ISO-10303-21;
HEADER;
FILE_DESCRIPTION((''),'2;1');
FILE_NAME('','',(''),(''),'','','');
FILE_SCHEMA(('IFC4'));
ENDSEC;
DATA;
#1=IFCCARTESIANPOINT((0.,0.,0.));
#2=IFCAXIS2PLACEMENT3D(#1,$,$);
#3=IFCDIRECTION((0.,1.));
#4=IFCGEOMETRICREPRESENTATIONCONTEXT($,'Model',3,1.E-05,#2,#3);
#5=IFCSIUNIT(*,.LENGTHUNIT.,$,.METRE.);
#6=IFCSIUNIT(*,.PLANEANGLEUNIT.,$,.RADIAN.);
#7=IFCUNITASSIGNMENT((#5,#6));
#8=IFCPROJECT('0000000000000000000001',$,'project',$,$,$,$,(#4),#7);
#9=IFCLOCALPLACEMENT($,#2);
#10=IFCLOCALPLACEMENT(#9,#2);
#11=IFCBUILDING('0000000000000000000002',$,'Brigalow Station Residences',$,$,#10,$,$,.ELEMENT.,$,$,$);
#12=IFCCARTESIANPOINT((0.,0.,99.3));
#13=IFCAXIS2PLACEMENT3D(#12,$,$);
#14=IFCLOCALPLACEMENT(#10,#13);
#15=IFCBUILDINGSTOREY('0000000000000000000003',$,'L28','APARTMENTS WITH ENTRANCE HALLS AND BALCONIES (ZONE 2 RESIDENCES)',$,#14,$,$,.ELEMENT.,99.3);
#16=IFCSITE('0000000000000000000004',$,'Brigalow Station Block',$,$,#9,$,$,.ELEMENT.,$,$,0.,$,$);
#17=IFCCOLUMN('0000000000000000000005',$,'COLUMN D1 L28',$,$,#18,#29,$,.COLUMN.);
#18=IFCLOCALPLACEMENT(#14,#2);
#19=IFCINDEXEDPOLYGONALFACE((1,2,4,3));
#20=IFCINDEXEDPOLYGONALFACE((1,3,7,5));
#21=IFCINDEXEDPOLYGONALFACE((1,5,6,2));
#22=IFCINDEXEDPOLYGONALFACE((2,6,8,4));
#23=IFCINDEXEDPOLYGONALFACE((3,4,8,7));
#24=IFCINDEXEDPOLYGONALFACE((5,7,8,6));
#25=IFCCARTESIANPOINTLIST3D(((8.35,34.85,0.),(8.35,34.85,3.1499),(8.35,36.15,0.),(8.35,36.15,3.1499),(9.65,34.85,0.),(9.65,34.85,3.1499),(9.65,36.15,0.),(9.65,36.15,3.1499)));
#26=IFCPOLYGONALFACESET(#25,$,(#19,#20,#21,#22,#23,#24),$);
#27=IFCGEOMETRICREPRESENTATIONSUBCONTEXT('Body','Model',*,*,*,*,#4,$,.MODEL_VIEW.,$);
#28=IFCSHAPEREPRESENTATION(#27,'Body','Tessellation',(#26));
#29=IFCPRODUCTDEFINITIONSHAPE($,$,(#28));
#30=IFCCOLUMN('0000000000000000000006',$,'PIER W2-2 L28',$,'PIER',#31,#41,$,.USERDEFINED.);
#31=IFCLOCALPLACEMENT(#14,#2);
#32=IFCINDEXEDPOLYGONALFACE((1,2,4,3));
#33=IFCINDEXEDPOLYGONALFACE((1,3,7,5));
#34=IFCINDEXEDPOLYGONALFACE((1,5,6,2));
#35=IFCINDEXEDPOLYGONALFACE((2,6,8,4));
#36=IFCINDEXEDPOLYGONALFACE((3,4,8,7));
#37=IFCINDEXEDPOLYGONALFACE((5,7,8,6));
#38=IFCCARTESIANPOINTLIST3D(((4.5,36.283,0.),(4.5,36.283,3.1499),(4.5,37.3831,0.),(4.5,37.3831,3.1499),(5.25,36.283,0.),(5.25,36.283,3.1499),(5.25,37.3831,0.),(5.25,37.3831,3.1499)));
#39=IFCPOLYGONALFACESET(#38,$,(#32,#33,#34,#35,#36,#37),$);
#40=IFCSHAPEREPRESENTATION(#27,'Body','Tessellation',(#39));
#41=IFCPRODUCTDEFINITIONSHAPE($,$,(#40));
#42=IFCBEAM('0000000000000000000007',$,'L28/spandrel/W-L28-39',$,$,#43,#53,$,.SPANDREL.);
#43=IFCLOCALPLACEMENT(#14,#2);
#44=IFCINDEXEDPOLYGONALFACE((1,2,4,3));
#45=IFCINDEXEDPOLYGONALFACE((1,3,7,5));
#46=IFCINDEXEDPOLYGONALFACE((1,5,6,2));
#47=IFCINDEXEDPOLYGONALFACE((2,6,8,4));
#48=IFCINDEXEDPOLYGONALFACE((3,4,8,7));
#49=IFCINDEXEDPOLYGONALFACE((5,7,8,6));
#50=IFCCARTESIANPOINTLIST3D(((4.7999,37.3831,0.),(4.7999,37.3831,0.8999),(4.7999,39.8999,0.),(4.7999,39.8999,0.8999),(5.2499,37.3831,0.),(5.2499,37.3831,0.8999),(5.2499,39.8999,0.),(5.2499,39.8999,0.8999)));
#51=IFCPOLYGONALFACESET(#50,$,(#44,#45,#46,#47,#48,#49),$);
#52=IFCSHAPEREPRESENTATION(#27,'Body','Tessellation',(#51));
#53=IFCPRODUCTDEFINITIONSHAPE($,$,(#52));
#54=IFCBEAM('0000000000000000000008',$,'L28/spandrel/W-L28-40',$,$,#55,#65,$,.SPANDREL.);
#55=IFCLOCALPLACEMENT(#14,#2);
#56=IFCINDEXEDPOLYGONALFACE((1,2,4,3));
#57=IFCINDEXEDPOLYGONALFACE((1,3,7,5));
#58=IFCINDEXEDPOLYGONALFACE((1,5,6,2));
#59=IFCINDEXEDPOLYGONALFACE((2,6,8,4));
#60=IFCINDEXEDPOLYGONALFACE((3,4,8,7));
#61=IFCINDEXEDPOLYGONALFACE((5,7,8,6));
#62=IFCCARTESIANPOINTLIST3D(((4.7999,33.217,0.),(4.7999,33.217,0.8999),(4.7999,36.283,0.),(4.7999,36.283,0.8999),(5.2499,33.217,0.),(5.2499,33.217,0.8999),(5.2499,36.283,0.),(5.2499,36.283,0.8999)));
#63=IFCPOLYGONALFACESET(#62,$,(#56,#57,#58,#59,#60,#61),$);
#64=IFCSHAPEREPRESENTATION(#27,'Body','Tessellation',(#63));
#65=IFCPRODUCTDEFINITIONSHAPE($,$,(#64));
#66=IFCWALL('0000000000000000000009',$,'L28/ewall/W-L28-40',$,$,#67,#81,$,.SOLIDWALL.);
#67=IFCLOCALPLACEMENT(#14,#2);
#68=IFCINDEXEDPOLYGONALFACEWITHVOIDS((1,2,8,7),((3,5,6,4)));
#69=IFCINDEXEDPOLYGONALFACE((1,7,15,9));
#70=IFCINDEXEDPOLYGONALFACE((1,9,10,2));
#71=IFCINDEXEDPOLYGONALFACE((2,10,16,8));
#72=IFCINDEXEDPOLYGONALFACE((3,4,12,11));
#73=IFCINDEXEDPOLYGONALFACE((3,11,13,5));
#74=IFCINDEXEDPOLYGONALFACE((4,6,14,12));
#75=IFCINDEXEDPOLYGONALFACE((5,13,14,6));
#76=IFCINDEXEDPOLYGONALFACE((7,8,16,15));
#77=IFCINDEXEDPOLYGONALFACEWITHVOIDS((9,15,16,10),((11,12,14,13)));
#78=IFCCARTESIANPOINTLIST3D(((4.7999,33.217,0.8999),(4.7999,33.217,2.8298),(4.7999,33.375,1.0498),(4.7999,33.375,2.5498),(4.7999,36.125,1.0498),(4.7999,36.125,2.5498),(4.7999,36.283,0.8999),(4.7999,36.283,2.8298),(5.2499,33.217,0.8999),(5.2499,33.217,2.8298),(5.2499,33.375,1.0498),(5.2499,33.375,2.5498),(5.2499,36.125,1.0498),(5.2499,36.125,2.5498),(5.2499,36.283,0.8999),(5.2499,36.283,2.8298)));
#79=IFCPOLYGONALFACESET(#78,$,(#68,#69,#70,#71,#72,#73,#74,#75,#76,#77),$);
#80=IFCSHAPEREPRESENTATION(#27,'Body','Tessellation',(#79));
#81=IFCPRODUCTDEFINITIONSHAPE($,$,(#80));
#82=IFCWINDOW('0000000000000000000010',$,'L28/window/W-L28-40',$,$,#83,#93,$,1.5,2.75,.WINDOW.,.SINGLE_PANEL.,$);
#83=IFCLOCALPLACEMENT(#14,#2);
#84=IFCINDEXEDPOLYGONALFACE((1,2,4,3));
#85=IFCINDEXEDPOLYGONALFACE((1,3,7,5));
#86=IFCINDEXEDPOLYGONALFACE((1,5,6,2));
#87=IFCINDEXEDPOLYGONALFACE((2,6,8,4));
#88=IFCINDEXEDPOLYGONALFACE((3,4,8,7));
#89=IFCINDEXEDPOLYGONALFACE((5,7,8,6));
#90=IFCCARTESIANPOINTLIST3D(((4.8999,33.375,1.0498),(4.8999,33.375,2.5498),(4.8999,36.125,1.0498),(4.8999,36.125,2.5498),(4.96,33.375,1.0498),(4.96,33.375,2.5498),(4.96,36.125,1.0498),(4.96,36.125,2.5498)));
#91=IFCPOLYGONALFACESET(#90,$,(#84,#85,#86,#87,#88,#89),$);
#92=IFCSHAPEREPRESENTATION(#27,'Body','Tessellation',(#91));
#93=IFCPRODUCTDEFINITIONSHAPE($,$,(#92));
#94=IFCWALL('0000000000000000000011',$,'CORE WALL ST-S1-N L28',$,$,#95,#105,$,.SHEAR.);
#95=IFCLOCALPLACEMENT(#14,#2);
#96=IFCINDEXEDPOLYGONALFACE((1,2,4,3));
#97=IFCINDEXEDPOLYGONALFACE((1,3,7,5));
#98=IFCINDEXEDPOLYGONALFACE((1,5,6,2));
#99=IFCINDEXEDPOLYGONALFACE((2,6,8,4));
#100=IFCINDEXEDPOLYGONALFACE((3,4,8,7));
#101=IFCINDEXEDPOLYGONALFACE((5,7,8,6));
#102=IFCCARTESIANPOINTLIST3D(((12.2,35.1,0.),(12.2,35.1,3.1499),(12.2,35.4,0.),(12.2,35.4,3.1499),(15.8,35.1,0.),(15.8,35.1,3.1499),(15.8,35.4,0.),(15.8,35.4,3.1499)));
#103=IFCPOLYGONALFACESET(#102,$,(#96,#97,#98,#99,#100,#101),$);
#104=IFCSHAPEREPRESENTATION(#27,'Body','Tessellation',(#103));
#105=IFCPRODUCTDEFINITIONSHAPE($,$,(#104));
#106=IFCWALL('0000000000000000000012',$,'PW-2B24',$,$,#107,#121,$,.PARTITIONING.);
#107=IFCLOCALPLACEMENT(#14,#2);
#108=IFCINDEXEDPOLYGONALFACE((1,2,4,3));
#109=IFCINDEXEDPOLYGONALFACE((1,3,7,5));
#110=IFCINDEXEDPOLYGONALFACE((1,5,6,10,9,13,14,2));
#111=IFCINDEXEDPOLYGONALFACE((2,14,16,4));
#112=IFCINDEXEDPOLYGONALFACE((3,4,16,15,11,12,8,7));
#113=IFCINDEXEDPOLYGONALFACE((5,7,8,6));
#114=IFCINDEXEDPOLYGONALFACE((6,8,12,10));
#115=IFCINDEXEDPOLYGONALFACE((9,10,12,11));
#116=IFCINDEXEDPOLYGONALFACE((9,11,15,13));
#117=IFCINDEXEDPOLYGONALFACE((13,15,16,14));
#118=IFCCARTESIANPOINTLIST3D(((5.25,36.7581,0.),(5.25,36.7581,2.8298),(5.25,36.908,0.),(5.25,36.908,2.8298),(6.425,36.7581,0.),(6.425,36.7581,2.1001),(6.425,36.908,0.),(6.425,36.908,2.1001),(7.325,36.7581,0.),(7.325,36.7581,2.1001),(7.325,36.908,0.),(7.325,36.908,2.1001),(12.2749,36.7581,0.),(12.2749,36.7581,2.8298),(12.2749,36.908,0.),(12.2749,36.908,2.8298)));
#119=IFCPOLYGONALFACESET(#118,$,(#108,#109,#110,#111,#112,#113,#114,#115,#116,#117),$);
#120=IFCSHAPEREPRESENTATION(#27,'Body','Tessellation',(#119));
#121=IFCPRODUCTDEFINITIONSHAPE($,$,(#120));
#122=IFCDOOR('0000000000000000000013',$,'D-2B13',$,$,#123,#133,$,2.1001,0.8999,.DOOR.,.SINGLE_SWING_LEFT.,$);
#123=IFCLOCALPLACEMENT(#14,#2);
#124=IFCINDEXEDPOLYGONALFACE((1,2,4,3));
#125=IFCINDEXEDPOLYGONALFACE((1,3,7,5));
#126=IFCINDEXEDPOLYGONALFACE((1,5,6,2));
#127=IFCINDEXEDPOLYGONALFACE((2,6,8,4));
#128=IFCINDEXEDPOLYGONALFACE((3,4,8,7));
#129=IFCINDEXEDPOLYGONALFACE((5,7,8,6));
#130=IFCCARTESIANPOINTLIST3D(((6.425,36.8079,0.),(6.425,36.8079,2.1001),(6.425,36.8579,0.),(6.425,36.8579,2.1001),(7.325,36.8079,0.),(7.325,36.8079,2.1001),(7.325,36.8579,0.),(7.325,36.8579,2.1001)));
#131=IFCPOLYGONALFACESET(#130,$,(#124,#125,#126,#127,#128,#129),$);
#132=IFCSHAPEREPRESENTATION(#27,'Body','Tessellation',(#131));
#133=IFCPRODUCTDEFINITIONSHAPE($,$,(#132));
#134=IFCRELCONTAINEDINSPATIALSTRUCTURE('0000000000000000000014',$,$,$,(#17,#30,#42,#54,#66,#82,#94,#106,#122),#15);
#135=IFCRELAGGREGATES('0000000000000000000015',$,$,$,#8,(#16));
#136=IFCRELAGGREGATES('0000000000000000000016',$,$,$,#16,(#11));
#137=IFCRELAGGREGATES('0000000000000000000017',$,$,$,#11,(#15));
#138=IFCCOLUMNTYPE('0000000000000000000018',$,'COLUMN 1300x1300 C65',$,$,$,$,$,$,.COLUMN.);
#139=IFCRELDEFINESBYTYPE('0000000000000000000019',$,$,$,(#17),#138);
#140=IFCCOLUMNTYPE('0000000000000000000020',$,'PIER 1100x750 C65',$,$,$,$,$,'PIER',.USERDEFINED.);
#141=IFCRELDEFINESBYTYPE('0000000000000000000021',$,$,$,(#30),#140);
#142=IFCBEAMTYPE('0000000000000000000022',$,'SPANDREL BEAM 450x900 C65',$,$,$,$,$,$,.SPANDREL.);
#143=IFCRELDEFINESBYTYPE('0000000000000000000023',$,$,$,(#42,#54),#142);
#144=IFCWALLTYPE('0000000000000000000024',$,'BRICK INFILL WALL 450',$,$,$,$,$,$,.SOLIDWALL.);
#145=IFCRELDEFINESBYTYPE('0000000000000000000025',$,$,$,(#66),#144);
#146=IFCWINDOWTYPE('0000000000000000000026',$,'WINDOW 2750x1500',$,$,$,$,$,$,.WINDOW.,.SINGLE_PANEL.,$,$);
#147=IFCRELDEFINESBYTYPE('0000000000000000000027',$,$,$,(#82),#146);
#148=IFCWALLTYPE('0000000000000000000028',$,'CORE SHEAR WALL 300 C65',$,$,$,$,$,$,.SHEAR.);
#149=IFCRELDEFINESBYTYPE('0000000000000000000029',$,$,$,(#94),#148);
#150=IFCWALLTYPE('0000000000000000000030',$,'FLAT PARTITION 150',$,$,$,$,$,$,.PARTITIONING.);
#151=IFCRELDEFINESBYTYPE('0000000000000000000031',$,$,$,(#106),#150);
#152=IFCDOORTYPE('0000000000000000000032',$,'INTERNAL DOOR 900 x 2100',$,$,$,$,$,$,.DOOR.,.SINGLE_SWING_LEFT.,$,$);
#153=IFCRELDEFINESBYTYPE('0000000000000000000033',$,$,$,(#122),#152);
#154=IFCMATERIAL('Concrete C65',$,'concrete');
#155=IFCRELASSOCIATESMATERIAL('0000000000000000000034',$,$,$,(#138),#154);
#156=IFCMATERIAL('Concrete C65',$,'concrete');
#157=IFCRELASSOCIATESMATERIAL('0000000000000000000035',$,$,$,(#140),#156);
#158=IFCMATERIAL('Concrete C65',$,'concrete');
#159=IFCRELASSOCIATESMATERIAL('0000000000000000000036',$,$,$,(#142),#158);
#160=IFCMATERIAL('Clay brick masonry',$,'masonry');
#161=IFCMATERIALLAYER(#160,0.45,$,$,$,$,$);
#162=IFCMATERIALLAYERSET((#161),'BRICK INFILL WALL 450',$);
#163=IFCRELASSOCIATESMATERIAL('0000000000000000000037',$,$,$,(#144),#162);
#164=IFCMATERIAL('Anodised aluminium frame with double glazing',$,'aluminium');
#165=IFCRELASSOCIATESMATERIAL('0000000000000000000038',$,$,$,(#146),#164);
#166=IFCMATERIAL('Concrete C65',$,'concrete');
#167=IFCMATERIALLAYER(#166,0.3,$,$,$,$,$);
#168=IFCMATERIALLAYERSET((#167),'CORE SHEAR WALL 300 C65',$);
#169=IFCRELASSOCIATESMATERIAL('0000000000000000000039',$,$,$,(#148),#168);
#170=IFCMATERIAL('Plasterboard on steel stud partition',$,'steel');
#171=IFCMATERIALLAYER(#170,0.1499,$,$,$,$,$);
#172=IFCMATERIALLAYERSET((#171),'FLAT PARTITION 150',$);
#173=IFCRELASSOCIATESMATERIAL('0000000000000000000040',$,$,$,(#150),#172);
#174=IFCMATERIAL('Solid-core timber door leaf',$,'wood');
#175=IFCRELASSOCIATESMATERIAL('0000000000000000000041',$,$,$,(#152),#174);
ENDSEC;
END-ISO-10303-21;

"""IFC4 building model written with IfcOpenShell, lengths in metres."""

from ifc_helpers import new_model, si_unit, direction, frame, frame_2d, origin, origin_2d, place, context, subcontext, project, spatial, rectangle, extrude, material, layer, layer_set, material_profile, profile_set, type_object, element, fill, save


model = new_model("IFC4")

# Units and contexts
model_context = context("Model", 3, precision=1e-05, world=origin(), true_north=direction((0.0, 1.0)))
body_context = subcontext(model_context, "Body", "Model", "MODEL_VIEW")
ifc_project = project(units=[si_unit("LENGTHUNIT", "METRE"), si_unit("PLANEANGLEUNIT", "RADIAN")], contexts=[model_context])

# Site, building, storey
site_placement = place(None, origin())
site = spatial("IfcSite", under=ifc_project, at=site_placement, Name="Brigalow Station Block", CompositionType="ELEMENT", RefElevation=0.0)
building_placement = place(site_placement, origin())
building = spatial("IfcBuilding", under=site, at=building_placement, Name="Brigalow Station Residences", CompositionType="ELEMENT")
storey_placement = place(building_placement, frame((0.0, 0.0, 99.3)))
storey = spatial("IfcBuildingStorey", under=building, at=storey_placement, Name="L28", Description="APARTMENTS WITH ENTRANCE HALLS AND BALCONIES (ZONE 2 RESIDENCES)", CompositionType="ELEMENT", Elevation=99.3)

# Columns
ifc_material_1 = material(Name="Concrete C65", Category="concrete")
ifc_material_profile_1 = material_profile(ifc_material_1, rectangle(XDim=1.3, YDim=1.3, at=origin_2d()), Name="RC1300x1300")
ifc_profile_set_1 = profile_set([ifc_material_profile_1], Name="Concrete C65")
column_type_1 = type_object("IfcColumnType", Name="COLUMN 1300x1300 C65", PredefinedType="COLUMN", material=ifc_profile_set_1)
column_1_placement = place(storey_placement, frame((9.0, 35.5, 0.0), z_axis=(0.0, 0.0, 1.0), x_axis=(1.0, 0.0, 0.0)))
element("IfcColumn", 1, at=column_1_placement, inside=storey, type_object=column_type_1, Name="COLUMN D1 L28", PredefinedType="COLUMN", context=body_context, shape_type="SweptSolid", body=[
    extrude(rectangle(XDim=1.3, YDim=1.3, at=origin_2d()), origin(), (0.0, 0.0, 1.0), 3.1499),
])
ifc_material_2 = material(Name="Concrete C65", Category="concrete")
ifc_material_profile_2 = material_profile(ifc_material_2, rectangle(XDim=1.1001, YDim=0.75, at=origin_2d()), Name="RC1100x750")
ifc_profile_set_2 = profile_set([ifc_material_profile_2], Name="Concrete C65")
column_type_2 = type_object("IfcColumnType", Name="PIER 1100x750 C65", ElementType="PIER", PredefinedType="USERDEFINED", material=ifc_profile_set_2)
column_2_placement = place(storey_placement, frame((4.875, 36.833, 0.0), z_axis=(0.0, 0.0, 1.0), x_axis=(0.0, -1.0, 0.0)))
element("IfcColumn", 2, at=column_2_placement, inside=storey, type_object=column_type_2, Name="PIER W2-2 L28", ObjectType="PIER", PredefinedType="USERDEFINED", context=body_context, shape_type="SweptSolid", body=[
    extrude(rectangle(XDim=1.1001, YDim=0.75, at=origin_2d()), origin(), (0.0, 0.0, 1.0), 3.1499),
])

# Beams
ifc_material_3 = material(Name="Concrete C65", Category="concrete")
ifc_material_profile_3 = material_profile(ifc_material_3, rectangle(XDim=0.45, YDim=0.8999, at=origin_2d()), Name="RC450x900")
ifc_profile_set_3 = profile_set([ifc_material_profile_3], Name="Concrete C65")
beam_type = type_object("IfcBeamType", Name="SPANDREL BEAM 450x900 C65", PredefinedType="SPANDREL", material=ifc_profile_set_3)
beam_1_placement = place(storey_placement, frame((5.0249, 39.8999, 0.45), z_axis=(0.0, -1.0, 0.0), x_axis=(1.0, 0.0, 0.0)))
element("IfcBeam", 3, at=beam_1_placement, inside=storey, type_object=beam_type, Name="L28/spandrel/W-L28-39", PredefinedType="SPANDREL", context=body_context, shape_type="SweptSolid", body=[
    extrude(rectangle(XDim=0.45, YDim=0.8999, at=origin_2d()), origin(), (0.0, 0.0, 1.0), 2.5168),
])
beam_2_placement = place(storey_placement, frame((5.0249, 36.283, 0.45), z_axis=(0.0, -1.0, 0.0), x_axis=(1.0, 0.0, 0.0)))
element("IfcBeam", 4, at=beam_2_placement, inside=storey, type_object=beam_type, Name="L28/spandrel/W-L28-40", PredefinedType="SPANDREL", context=body_context, shape_type="SweptSolid", body=[
    extrude(rectangle(XDim=0.45, YDim=0.8999, at=origin_2d()), origin(), (0.0, 0.0, 1.0), 3.0659),
])

# Wall, opening, window
ifc_material_4 = material(Name="Clay brick masonry", Category="masonry")
ifc_layer_1 = layer(ifc_material_4, 0.45)
ifc_layer_set_1 = layer_set([ifc_layer_1], Name="BRICK INFILL WALL 450")
wall_type_1 = type_object("IfcWallType", Name="BRICK INFILL WALL 450", PredefinedType="SOLIDWALL", material=ifc_layer_set_1)
wall_1_placement = place(storey_placement, frame((5.0249, 36.283, 0.8999), z_axis=(0.0, 0.0, 1.0), x_axis=(0.0, -1.0, 0.0)))
wall_1 = element("IfcWall", 5, at=wall_1_placement, inside=storey, type_object=wall_type_1, Name="L28/ewall/W-L28-40", PredefinedType="SOLIDWALL", context=body_context, shape_type="SweptSolid", body=[
    extrude(rectangle(XDim=3.0659, YDim=0.45, at=frame_2d((1.533, 0.0))), origin(), (0.0, 0.0, 1.0), 1.9299),
])
opening_1_placement = place(wall_1_placement, frame((0.158, 0.0, 0.1499)))
opening_1 = element("IfcOpeningElement", 6, at=opening_1_placement, cuts=wall_1, PredefinedType="OPENING", context=body_context, shape_type="SweptSolid", body=[
    extrude(rectangle(XDim=2.75, YDim=1.5, at=frame_2d((1.375, 0.75))), frame((0.0, 0.2349, 0.0), z_axis=(0.0, -1.0, 0.0), x_axis=(1.0, 0.0, 0.0)), (0.0, 0.0, 1.0), 0.47),
])
ifc_material_5 = material(Name="Anodised aluminium frame with double glazing", Category="aluminium")
window_type = type_object("IfcWindowType", Name="WINDOW 2750x1500", PartitioningType="SINGLE_PANEL", PredefinedType="WINDOW", material=ifc_material_5)
window_placement = place(opening_1_placement, origin())
window = element("IfcWindow", 7, at=window_placement, inside=storey, type_object=window_type, Name="L28/window/W-L28-40", OverallHeight=1.5, OverallWidth=2.75, PartitioningType="SINGLE_PANEL", PredefinedType="WINDOW", context=body_context, shape_type="SweptSolid", body=[
    extrude(rectangle(XDim=2.75, YDim=1.5, at=frame_2d((1.375, 0.75))), frame((0.0, -0.0649, 0.0), z_axis=(0.0, -1.0, 0.0), x_axis=(1.0, 0.0, 0.0)), (0.0, 0.0, 1.0), 0.0601),
])
fill(opening_1, window)

# Wall
ifc_material_6 = material(Name="Concrete C65", Category="concrete")
ifc_layer_2 = layer(ifc_material_6, 0.3)
ifc_layer_set_2 = layer_set([ifc_layer_2], Name="CORE SHEAR WALL 300 C65")
wall_type_2 = type_object("IfcWallType", Name="CORE SHEAR WALL 300 C65", PredefinedType="SHEAR", material=ifc_layer_set_2)
wall_2_placement = place(storey_placement, frame((12.2, 35.25, 0.0), z_axis=(0.0, 0.0, 1.0), x_axis=(1.0, 0.0, 0.0)))
element("IfcWall", 8, at=wall_2_placement, inside=storey, type_object=wall_type_2, Name="CORE WALL ST-S1-N L28", PredefinedType="SHEAR", context=body_context, shape_type="SweptSolid", body=[
    extrude(rectangle(XDim=3.6001, YDim=0.3, at=frame_2d((1.8, 0.0))), origin(), (0.0, 0.0, 1.0), 3.1499),
])

# Wall, opening, door
ifc_material_7 = material(Name="Plasterboard on steel stud partition", Category="steel")
ifc_layer_3 = layer(ifc_material_7, 0.1499)
ifc_layer_set_3 = layer_set([ifc_layer_3], Name="FLAT PARTITION 150")
wall_type_3 = type_object("IfcWallType", Name="FLAT PARTITION 150", PredefinedType="PARTITIONING", material=ifc_layer_set_3)
wall_3_placement = place(storey_placement, frame((5.25, 36.833, 0.0), z_axis=(0.0, 0.0, 1.0), x_axis=(1.0, 0.0, 0.0)))
wall_3 = element("IfcWall", 9, at=wall_3_placement, inside=storey, type_object=wall_type_3, Name="PW-2B24", PredefinedType="PARTITIONING", context=body_context, shape_type="SweptSolid", body=[
    extrude(rectangle(XDim=7.0249, YDim=0.1499, at=frame_2d((3.5125, 0.0))), origin(), (0.0, 0.0, 1.0), 2.8298),
])
opening_2_placement = place(wall_3_placement, frame((1.175, 0.0, 0.0)))
opening_2 = element("IfcOpeningElement", 10, at=opening_2_placement, cuts=wall_3, PredefinedType="OPENING", context=body_context, shape_type="SweptSolid", body=[
    extrude(rectangle(XDim=0.8999, YDim=2.1001, at=frame_2d((0.45, 1.05))), frame((0.0, 0.085, 0.0), z_axis=(0.0, -1.0, 0.0), x_axis=(1.0, 0.0, 0.0)), (0.0, 0.0, 1.0), 0.1699),
])
ifc_material_8 = material(Name="Solid-core timber door leaf", Category="wood")
door_type = type_object("IfcDoorType", Name="INTERNAL DOOR 900 x 2100", OperationType="SINGLE_SWING_LEFT", PredefinedType="DOOR", material=ifc_material_8)
door_1_placement = place(opening_2_placement, origin())
door_1 = element("IfcDoor", 11, at=door_1_placement, inside=storey, type_object=door_type, Name="D-2B13", OperationType="SINGLE_SWING_LEFT", OverallHeight=2.1001, OverallWidth=0.8999, PredefinedType="DOOR", context=body_context, shape_type="SweptSolid", body=[
    extrude(rectangle(XDim=0.8999, YDim=2.1001, at=frame_2d((0.45, 1.05))), frame((0.0, 0.0249, 0.0), z_axis=(0.0, -1.0, 0.0), x_axis=(1.0, 0.0, 0.0)), (0.0, 0.0, 1.0), 0.05),
])
fill(opening_2, door_1)

save(model, "model.ifc")
